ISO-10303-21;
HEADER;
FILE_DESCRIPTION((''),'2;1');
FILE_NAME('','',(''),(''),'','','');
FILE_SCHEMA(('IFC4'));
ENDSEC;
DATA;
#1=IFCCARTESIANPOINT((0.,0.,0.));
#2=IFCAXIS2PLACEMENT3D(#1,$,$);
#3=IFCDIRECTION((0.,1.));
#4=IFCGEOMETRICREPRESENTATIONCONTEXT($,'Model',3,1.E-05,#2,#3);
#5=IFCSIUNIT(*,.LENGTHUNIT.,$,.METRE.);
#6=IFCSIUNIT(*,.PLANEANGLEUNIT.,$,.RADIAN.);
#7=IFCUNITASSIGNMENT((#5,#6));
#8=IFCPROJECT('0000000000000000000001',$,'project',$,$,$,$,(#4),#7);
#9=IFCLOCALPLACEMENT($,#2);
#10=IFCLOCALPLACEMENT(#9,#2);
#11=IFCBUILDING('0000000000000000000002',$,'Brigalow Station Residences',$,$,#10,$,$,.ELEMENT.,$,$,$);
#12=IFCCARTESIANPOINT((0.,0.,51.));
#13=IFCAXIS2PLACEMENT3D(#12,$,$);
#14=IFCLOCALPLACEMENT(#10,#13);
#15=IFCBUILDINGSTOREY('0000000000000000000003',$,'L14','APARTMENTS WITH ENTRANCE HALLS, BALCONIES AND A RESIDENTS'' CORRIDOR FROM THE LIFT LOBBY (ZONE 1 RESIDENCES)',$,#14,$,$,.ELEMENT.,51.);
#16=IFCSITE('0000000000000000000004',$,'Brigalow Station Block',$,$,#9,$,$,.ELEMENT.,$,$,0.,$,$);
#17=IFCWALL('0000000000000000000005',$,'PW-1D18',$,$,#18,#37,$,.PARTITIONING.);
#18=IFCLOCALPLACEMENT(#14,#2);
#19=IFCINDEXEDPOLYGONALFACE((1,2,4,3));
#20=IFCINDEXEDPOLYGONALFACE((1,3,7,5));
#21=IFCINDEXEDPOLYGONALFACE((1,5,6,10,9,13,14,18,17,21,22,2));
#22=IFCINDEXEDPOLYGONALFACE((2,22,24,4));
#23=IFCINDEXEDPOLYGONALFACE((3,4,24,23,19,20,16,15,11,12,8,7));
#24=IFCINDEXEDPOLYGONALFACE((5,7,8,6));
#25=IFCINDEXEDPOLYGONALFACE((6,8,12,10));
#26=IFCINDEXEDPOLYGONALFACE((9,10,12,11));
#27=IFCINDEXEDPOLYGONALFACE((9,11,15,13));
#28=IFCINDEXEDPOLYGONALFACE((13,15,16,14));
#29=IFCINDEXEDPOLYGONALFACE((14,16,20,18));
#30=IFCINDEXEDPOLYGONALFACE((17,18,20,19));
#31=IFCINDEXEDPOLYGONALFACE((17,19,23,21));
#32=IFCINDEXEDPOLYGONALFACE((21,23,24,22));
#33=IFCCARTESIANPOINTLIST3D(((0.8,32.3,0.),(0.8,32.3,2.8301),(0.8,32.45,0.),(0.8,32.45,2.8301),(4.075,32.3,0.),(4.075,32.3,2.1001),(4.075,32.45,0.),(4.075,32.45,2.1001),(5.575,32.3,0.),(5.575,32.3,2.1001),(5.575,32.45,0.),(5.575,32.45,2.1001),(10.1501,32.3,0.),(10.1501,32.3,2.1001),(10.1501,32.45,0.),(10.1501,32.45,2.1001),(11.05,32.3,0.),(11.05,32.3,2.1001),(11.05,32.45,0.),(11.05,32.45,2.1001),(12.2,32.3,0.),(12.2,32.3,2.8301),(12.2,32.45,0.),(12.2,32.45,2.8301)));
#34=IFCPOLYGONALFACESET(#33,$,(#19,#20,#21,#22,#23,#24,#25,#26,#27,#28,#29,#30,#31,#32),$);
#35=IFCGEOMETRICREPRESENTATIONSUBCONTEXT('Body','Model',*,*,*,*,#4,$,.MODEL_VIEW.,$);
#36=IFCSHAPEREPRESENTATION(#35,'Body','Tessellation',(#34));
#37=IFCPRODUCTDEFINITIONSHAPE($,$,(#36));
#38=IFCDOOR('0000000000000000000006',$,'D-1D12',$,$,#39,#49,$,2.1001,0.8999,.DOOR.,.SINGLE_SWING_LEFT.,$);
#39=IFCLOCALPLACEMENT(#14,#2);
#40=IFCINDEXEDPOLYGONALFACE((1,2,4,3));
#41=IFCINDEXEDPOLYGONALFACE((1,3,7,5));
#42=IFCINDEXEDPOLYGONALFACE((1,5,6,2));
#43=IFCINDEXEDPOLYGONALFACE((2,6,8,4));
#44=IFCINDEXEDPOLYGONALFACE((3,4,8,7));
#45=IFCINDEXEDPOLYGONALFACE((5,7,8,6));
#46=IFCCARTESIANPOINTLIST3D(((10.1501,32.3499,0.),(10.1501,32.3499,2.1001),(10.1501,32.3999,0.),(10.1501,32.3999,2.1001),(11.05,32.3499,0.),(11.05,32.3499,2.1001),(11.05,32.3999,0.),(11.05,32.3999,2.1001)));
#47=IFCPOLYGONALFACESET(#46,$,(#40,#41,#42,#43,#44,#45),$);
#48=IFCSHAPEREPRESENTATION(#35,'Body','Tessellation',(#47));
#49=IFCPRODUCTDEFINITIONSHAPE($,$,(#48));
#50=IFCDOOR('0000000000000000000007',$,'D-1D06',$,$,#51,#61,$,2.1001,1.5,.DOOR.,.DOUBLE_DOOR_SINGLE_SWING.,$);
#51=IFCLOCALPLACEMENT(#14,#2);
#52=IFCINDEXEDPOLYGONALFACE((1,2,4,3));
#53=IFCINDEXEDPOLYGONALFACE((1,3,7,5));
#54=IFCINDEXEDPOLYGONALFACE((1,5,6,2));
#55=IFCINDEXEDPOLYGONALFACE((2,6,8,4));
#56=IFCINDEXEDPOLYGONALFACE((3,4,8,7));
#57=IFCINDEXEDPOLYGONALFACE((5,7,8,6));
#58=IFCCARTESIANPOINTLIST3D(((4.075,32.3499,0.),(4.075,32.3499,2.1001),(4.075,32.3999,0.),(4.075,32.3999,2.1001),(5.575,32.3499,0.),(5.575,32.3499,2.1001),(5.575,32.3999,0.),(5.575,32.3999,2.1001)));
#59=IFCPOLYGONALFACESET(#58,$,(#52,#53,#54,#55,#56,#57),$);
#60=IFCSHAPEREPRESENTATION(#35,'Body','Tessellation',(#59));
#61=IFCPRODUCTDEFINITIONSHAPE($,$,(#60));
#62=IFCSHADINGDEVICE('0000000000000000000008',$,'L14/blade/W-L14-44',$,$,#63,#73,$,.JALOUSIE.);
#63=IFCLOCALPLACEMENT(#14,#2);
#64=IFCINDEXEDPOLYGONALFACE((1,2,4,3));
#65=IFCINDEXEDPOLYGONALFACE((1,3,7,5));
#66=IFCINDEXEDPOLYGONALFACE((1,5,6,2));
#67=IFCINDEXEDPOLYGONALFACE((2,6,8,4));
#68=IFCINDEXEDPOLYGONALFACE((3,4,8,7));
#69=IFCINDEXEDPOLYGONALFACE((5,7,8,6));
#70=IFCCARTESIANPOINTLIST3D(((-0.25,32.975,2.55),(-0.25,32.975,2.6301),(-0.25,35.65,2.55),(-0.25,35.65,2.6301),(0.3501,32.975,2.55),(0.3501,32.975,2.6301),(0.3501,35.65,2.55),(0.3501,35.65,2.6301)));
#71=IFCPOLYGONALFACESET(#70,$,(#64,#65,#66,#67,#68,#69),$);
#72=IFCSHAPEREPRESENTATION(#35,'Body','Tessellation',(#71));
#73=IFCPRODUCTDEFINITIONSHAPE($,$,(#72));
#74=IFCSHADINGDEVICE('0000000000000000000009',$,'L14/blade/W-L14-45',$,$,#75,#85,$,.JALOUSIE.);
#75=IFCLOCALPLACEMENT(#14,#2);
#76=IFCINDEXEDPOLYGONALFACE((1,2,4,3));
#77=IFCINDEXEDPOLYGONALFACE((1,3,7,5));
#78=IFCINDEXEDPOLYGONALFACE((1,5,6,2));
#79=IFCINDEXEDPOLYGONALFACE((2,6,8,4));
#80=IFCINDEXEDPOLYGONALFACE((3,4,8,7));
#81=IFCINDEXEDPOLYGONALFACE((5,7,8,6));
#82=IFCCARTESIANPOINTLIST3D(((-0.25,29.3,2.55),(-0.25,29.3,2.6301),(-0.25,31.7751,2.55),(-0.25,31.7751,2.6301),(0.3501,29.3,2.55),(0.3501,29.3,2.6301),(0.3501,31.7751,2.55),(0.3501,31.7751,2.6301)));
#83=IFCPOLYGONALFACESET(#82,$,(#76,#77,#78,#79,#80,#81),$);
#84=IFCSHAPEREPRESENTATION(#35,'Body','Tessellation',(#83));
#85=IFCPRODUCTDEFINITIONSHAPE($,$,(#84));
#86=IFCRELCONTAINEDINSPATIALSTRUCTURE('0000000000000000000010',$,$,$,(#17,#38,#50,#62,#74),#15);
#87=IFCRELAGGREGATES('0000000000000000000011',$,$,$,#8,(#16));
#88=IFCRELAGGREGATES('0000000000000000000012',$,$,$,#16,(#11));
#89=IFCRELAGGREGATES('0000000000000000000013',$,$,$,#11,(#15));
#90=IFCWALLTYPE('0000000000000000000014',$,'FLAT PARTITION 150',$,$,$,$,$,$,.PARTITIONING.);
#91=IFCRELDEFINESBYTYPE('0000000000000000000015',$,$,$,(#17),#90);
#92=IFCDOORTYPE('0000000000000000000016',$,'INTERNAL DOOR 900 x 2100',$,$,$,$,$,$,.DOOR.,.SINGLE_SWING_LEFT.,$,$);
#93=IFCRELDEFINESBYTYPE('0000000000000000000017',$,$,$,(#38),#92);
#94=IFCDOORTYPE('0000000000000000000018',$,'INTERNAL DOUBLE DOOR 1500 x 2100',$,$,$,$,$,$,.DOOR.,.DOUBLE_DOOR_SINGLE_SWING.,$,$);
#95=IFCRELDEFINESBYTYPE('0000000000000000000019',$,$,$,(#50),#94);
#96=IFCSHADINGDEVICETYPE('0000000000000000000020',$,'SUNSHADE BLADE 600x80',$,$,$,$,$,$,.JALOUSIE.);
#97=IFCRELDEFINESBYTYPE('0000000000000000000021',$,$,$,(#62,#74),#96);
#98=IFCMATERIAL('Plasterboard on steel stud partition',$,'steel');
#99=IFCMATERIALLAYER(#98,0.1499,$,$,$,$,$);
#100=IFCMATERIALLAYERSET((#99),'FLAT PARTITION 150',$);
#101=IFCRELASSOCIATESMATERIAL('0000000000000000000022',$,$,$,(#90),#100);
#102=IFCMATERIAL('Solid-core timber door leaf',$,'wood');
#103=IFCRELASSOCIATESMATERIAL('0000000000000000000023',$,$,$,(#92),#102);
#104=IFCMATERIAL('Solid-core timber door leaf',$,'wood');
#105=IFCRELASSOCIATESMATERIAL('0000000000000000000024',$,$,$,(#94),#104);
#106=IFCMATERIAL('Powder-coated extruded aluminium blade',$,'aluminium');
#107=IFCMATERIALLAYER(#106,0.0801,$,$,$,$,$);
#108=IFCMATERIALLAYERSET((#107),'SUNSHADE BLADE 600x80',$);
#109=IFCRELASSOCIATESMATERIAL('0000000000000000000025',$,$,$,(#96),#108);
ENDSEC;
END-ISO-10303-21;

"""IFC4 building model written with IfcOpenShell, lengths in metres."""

from ifc_helpers import new_model, si_unit, direction, frame, frame_2d, origin, origin_2d, place, context, subcontext, project, spatial, rectangle, extrude, material, layer, layer_set, type_object, element, fill, save


model = new_model("IFC4")

# Units and contexts
model_context = context("Model", 3, precision=1e-05, world=origin(), true_north=direction((0.0, 1.0)))
body_context = subcontext(model_context, "Body", "Model", "MODEL_VIEW")
ifc_project = project(units=[si_unit("LENGTHUNIT", "METRE"), si_unit("PLANEANGLEUNIT", "RADIAN")], contexts=[model_context])

# Site, building, storey
site_placement = place(None, origin())
site = spatial("IfcSite", under=ifc_project, at=site_placement, Name="Brigalow Station Block", CompositionType="ELEMENT", RefElevation=0.0)
building_placement = place(site_placement, origin())
building = spatial("IfcBuilding", under=site, at=building_placement, Name="Brigalow Station Residences", CompositionType="ELEMENT")
storey_placement = place(building_placement, frame((0.0, 0.0, 51.0)))
storey = spatial("IfcBuildingStorey", under=building, at=storey_placement, Name="L14", Description="APARTMENTS WITH ENTRANCE HALLS, BALCONIES AND A RESIDENTS' CORRIDOR FROM THE LIFT LOBBY (ZONE 1 RESIDENCES)", CompositionType="ELEMENT", Elevation=51.0)

# Wall, openings, doors
ifc_material_1 = material(Name="Plasterboard on steel stud partition", Category="steel")
ifc_layer_1 = layer(ifc_material_1, 0.1499)
ifc_layer_set_1 = layer_set([ifc_layer_1], Name="FLAT PARTITION 150")
wall_type_1 = type_object("IfcWallType", Name="FLAT PARTITION 150", PredefinedType="PARTITIONING", material=ifc_layer_set_1)
wall_1_placement = place(storey_placement, frame((0.8, 32.375, 0.0), z_axis=(0.0, 0.0, 1.0), x_axis=(1.0, 0.0, 0.0)))
wall_1 = element("IfcWall", 1, at=wall_1_placement, inside=storey, type_object=wall_type_1, Name="PW-1D18", PredefinedType="PARTITIONING", context=body_context, shape_type="SweptSolid", body=[
    extrude(rectangle(XDim=11.3999, YDim=0.1499, at=frame_2d((5.7, 0.0))), origin(), (0.0, 0.0, 1.0), 2.8301),
])
opening_1_placement = place(wall_1_placement, frame((3.2749, 0.0, 0.0)))
opening_1 = element("IfcOpeningElement", 2, at=opening_1_placement, cuts=wall_1, PredefinedType="OPENING", context=body_context, shape_type="SweptSolid", body=[
    extrude(rectangle(XDim=1.5, YDim=2.1001, at=frame_2d((0.75, 1.05))), frame((0.0, 0.085, 0.0), z_axis=(0.0, -1.0, 0.0), x_axis=(1.0, 0.0, 0.0)), (0.0, 0.0, 1.0), 0.1699),
])
opening_2_placement = place(wall_1_placement, frame((9.3501, 0.0, 0.0)))
opening_2 = element("IfcOpeningElement", 3, at=opening_2_placement, cuts=wall_1, PredefinedType="OPENING", context=body_context, shape_type="SweptSolid", body=[
    extrude(rectangle(XDim=0.8999, YDim=2.1001, at=frame_2d((0.45, 1.05))), frame((0.0, 0.085, 0.0), z_axis=(0.0, -1.0, 0.0), x_axis=(1.0, 0.0, 0.0)), (0.0, 0.0, 1.0), 0.1699),
])
ifc_material_2 = material(Name="Solid-core timber door leaf", Category="wood")
door_type_1 = type_object("IfcDoorType", Name="INTERNAL DOOR 900 x 2100", OperationType="SINGLE_SWING_LEFT", PredefinedType="DOOR", material=ifc_material_2)
door_1_placement = place(opening_2_placement, origin())
door_1 = element("IfcDoor", 4, at=door_1_placement, inside=storey, type_object=door_type_1, Name="D-1D12", OperationType="SINGLE_SWING_LEFT", OverallHeight=2.1001, OverallWidth=0.8999, PredefinedType="DOOR", context=body_context, shape_type="SweptSolid", body=[
    extrude(rectangle(XDim=0.8999, YDim=2.1001, at=frame_2d((0.45, 1.05))), frame((0.0, 0.0249, 0.0), z_axis=(0.0, -1.0, 0.0), x_axis=(1.0, 0.0, 0.0)), (0.0, 0.0, 1.0), 0.05),
])
fill(opening_2, door_1)
ifc_material_3 = material(Name="Solid-core timber door leaf", Category="wood")
door_type_2 = type_object("IfcDoorType", Name="INTERNAL DOUBLE DOOR 1500 x 2100", OperationType="DOUBLE_DOOR_SINGLE_SWING", PredefinedType="DOOR", material=ifc_material_3)
door_2_placement = place(opening_1_placement, origin())
door_2 = element("IfcDoor", 5, at=door_2_placement, inside=storey, type_object=door_type_2, Name="D-1D06", OperationType="DOUBLE_DOOR_SINGLE_SWING", OverallHeight=2.1001, OverallWidth=1.5, PredefinedType="DOOR", context=body_context, shape_type="SweptSolid", body=[
    extrude(rectangle(XDim=1.5, YDim=2.1001, at=frame_2d((0.75, 1.05))), frame((0.0, 0.0249, 0.0), z_axis=(0.0, -1.0, 0.0), x_axis=(1.0, 0.0, 0.0)), (0.0, 0.0, 1.0), 0.05),
])
fill(opening_1, door_2)

# Shading devices
ifc_material_4 = material(Name="Powder-coated extruded aluminium blade", Category="aluminium")
ifc_layer_2 = layer(ifc_material_4, 0.0801)
ifc_layer_set_2 = layer_set([ifc_layer_2], Name="SUNSHADE BLADE 600x80")
shading_device_type = type_object("IfcShadingDeviceType", Name="SUNSHADE BLADE 600x80", PredefinedType="JALOUSIE", material=ifc_layer_set_2)
shading_device_1_placement = place(storey_placement, frame((0.05, 34.3125, 2.55), z_axis=(0.0, 0.0, 1.0), x_axis=(0.0, -1.0, 0.0)))
element("IfcShadingDevice", 6, at=shading_device_1_placement, inside=storey, type_object=shading_device_type, Name="L14/blade/W-L14-44", PredefinedType="JALOUSIE", context=body_context, shape_type="SweptSolid", body=[
    extrude(rectangle(XDim=2.675, YDim=0.6001, at=origin_2d()), origin(), (0.0, 0.0, 1.0), 0.0801),
])
shading_device_2_placement = place(storey_placement, frame((0.05, 30.5376, 2.55), z_axis=(0.0, 0.0, 1.0), x_axis=(0.0, -1.0, 0.0)))
element("IfcShadingDevice", 7, at=shading_device_2_placement, inside=storey, type_object=shading_device_type, Name="L14/blade/W-L14-45", PredefinedType="JALOUSIE", context=body_context, shape_type="SweptSolid", body=[
    extrude(rectangle(XDim=2.4751, YDim=0.6001, at=origin_2d()), origin(), (0.0, 0.0, 1.0), 0.0801),
])

save(model, "model.ifc")
